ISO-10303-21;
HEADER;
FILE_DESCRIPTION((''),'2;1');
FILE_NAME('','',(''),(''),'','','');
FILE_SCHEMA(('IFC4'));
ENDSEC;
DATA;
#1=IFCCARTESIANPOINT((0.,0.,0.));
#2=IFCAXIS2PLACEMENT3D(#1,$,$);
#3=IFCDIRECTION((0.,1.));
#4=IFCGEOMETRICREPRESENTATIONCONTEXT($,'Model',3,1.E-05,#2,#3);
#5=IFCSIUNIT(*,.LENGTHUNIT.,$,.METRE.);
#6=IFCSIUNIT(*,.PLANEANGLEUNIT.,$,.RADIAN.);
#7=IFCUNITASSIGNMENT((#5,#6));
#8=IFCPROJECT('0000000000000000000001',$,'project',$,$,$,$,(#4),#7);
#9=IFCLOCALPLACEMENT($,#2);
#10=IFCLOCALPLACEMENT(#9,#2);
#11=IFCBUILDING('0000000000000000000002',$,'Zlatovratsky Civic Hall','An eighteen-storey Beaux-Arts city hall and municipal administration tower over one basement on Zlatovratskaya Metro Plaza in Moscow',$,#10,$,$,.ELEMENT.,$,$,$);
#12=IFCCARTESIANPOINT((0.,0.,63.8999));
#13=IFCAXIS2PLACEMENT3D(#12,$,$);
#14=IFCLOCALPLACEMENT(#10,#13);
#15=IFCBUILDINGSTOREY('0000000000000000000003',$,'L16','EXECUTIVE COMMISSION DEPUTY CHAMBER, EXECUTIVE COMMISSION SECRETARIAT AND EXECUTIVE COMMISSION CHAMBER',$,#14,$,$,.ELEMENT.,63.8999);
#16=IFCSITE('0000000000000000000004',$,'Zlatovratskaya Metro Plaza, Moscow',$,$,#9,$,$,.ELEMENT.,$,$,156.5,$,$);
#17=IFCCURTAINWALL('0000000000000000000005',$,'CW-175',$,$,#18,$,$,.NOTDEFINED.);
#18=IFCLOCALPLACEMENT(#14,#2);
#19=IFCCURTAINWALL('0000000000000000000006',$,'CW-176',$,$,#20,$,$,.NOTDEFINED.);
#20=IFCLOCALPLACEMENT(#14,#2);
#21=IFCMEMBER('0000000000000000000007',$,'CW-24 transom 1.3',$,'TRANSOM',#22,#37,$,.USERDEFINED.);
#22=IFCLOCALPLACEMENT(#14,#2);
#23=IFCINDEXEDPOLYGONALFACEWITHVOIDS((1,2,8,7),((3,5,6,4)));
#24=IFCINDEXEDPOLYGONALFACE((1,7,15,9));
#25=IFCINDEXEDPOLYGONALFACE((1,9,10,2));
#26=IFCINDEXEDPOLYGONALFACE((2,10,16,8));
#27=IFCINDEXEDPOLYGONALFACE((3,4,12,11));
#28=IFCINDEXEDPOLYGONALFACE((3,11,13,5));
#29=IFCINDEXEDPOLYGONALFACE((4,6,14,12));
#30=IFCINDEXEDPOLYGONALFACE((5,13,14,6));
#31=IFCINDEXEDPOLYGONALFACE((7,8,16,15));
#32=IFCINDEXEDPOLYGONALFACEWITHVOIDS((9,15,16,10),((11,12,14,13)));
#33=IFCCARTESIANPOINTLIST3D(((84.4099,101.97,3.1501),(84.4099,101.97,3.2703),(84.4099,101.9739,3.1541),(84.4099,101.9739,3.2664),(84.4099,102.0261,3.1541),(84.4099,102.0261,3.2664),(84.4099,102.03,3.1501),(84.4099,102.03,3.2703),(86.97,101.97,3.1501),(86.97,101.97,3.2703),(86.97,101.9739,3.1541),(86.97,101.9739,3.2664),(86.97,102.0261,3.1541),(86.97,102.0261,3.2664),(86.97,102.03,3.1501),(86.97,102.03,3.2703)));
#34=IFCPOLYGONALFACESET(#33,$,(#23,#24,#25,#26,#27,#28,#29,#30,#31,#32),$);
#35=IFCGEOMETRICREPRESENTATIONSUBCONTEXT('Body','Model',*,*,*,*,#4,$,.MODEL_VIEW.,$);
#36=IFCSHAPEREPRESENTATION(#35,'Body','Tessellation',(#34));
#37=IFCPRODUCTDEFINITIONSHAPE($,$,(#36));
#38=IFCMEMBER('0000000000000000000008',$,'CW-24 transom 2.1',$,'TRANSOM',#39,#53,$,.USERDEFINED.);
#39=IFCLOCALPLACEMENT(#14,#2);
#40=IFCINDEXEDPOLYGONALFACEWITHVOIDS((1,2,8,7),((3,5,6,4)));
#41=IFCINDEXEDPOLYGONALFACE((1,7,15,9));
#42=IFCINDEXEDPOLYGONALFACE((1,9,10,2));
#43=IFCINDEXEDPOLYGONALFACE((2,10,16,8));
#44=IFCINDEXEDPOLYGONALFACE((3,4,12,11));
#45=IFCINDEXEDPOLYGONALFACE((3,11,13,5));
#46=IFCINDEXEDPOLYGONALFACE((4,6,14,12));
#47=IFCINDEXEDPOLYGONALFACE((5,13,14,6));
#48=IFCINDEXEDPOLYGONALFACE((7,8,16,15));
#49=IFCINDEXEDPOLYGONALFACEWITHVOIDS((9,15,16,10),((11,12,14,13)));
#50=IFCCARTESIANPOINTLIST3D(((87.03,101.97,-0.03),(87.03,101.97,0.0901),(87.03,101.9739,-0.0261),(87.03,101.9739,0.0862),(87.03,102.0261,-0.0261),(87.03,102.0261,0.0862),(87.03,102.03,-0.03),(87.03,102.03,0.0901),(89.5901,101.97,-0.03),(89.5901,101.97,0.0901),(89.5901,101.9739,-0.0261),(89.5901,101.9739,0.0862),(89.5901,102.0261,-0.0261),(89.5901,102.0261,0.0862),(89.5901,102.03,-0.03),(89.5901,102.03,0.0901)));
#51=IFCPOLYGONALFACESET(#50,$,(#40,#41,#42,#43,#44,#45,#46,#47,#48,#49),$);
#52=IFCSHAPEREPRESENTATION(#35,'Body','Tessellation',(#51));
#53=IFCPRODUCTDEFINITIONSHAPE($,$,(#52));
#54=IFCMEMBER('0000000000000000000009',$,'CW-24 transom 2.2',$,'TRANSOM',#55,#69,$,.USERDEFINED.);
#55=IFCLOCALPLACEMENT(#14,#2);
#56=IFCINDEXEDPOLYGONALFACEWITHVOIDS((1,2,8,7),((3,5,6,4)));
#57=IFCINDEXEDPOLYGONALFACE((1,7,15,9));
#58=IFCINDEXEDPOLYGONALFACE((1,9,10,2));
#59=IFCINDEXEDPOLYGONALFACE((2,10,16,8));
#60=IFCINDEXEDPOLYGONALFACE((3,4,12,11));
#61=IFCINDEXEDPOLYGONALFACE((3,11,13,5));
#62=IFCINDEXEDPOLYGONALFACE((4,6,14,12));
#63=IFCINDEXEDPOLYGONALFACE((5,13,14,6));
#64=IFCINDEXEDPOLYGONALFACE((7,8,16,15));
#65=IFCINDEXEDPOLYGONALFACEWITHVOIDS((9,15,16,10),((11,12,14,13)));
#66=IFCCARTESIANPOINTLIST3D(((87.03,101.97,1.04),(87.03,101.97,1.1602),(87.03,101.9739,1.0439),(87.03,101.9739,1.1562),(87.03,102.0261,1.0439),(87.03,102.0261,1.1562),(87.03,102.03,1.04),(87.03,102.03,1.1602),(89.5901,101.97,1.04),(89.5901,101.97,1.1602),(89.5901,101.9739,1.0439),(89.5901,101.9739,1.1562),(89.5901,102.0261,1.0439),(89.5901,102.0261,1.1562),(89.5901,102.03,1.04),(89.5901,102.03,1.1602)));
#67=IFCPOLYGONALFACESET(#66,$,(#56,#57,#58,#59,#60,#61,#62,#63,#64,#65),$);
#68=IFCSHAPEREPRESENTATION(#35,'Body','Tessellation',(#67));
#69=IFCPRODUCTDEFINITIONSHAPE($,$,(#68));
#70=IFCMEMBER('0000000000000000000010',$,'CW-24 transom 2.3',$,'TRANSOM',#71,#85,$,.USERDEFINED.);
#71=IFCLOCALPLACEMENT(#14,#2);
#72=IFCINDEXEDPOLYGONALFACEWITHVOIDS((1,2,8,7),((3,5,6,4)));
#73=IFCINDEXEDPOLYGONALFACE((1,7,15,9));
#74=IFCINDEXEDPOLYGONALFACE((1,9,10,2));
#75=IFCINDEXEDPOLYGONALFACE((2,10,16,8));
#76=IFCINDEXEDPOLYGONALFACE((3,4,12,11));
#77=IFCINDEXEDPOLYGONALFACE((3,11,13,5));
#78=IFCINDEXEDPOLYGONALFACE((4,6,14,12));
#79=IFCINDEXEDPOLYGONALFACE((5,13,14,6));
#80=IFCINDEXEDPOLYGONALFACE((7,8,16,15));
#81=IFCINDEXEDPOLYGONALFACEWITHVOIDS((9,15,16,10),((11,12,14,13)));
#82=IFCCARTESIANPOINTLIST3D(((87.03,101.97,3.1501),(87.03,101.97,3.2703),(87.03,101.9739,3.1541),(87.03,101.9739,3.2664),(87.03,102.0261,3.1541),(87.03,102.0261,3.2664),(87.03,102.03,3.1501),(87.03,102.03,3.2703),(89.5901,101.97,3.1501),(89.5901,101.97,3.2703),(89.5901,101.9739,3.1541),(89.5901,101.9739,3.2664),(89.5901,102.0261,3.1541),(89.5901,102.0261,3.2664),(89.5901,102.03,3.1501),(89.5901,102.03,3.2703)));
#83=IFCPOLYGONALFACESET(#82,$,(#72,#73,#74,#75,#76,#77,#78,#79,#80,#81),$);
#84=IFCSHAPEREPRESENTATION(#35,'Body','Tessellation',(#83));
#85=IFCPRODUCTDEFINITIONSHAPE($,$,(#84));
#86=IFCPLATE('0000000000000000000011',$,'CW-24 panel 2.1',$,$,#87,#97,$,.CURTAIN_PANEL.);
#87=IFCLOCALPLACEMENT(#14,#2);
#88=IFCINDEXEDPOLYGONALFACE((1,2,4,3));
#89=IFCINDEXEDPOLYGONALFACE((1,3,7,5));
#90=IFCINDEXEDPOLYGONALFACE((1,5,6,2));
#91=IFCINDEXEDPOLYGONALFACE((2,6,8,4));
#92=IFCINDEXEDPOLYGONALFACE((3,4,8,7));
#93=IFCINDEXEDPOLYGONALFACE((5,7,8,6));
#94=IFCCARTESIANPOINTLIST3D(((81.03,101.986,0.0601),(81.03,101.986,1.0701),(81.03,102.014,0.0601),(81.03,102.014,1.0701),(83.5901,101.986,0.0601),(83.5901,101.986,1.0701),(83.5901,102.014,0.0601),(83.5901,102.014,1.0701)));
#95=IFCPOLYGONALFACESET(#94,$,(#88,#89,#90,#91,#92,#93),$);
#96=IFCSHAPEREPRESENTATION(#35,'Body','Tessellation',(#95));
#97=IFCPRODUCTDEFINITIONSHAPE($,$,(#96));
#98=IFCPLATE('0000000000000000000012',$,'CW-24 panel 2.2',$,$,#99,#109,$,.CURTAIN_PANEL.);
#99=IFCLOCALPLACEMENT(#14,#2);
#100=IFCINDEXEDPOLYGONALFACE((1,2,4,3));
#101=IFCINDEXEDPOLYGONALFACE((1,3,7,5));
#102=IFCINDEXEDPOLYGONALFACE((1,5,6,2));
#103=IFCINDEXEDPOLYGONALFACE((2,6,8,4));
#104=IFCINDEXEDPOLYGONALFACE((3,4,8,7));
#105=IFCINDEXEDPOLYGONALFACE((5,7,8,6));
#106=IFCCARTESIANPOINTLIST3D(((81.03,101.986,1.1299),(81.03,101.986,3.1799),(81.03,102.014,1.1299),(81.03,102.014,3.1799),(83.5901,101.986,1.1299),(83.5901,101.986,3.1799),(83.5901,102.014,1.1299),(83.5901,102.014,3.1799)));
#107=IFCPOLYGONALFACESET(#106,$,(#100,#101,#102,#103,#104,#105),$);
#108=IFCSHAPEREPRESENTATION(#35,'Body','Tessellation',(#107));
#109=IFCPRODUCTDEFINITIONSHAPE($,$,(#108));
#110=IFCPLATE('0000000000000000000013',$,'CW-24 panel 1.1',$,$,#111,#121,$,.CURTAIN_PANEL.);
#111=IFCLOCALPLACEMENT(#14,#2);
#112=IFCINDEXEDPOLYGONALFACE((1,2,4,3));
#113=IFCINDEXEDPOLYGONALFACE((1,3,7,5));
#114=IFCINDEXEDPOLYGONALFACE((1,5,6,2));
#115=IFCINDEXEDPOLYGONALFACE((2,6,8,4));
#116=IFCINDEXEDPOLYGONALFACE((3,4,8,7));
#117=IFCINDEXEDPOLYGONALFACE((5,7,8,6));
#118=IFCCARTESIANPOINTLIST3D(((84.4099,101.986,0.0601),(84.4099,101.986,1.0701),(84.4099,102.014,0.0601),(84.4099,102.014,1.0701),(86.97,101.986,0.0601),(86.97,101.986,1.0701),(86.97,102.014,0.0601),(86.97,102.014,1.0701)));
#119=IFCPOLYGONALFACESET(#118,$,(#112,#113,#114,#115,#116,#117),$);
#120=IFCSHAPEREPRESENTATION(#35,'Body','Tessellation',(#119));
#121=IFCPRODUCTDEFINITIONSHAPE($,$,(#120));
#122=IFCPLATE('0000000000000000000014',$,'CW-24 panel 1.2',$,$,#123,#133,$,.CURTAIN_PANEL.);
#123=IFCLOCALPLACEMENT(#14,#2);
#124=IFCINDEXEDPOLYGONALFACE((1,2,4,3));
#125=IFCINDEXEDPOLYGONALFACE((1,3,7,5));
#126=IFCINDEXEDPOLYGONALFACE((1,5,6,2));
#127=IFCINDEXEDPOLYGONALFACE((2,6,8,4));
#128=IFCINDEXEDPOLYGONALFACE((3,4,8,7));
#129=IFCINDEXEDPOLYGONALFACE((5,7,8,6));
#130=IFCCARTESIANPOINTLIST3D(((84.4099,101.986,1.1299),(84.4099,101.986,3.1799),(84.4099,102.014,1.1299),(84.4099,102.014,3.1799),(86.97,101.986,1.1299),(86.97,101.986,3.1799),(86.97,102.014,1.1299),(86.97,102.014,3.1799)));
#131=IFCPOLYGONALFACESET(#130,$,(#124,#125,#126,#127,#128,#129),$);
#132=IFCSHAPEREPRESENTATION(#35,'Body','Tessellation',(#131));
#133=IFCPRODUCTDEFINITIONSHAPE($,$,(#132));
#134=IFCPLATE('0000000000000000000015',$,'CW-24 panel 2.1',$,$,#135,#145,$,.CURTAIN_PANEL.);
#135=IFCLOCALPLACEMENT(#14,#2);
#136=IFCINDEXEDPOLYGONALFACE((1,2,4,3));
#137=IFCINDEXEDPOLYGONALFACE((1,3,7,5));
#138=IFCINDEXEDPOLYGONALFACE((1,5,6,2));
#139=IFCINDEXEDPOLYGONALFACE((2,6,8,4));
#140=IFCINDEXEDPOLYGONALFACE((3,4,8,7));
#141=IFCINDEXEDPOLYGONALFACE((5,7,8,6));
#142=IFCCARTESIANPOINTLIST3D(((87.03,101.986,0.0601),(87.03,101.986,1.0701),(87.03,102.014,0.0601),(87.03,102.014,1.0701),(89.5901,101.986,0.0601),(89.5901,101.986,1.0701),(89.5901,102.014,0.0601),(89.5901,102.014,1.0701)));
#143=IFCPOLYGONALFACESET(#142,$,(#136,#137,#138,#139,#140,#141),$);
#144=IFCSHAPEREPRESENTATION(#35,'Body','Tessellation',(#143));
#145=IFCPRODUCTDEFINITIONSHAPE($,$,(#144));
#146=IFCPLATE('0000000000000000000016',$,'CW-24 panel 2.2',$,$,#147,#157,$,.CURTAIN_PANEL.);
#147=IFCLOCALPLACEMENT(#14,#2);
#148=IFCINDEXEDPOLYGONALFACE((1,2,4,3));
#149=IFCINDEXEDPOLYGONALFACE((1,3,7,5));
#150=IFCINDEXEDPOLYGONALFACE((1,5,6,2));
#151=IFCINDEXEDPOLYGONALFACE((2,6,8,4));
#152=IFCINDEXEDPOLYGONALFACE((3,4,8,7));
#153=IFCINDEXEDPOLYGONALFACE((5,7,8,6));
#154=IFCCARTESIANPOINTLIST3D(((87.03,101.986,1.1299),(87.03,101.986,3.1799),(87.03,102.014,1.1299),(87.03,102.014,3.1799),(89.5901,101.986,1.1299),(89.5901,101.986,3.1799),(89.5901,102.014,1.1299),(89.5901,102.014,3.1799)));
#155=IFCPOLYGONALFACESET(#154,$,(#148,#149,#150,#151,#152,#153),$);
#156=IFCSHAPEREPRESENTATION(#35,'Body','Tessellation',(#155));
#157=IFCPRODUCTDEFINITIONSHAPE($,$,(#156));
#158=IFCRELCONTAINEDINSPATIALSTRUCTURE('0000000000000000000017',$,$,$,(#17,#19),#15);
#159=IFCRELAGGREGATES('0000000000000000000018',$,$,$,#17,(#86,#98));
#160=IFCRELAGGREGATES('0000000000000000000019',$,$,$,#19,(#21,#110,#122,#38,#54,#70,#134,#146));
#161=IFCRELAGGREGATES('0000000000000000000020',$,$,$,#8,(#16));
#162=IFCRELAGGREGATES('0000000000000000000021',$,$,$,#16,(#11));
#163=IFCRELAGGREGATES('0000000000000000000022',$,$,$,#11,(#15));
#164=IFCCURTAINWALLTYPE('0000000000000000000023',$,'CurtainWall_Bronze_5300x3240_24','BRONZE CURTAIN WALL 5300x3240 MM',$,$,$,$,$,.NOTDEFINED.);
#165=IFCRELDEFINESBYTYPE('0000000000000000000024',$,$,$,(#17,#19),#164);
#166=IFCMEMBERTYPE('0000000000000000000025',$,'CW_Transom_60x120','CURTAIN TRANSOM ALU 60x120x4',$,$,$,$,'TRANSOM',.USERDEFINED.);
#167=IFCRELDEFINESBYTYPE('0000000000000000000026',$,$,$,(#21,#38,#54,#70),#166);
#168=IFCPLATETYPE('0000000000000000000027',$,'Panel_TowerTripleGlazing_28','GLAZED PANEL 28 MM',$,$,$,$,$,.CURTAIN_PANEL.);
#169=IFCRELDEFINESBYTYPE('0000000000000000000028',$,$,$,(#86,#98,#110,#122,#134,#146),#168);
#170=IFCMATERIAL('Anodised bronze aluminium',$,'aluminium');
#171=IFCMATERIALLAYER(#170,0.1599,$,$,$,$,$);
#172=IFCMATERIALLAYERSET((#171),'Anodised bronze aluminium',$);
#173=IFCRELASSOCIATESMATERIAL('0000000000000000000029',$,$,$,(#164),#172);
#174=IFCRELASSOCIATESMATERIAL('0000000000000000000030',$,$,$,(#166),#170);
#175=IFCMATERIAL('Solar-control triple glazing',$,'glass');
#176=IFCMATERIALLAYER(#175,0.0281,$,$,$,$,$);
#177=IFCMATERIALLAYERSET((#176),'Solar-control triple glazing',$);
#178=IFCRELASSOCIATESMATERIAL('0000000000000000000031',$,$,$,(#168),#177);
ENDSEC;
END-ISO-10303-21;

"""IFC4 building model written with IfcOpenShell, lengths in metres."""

from ifc_helpers import new_model, si_unit, direction, frame, origin, origin_2d, place, context, subcontext, project, spatial, rectangle, hollow_rectangle, extrude, material, layer, layer_set, material_profile, profile_set, type_object, element, aggregate, save


model = new_model("IFC4")

# Units and contexts
model_context = context("Model", 3, precision=1e-05, world=origin(), true_north=direction((0.0, 1.0)))
body_context = subcontext(model_context, "Body", "Model", "MODEL_VIEW")
ifc_project = project(units=[si_unit("LENGTHUNIT", "METRE"), si_unit("PLANEANGLEUNIT", "RADIAN")], contexts=[model_context])

# Site, building, storey
site_placement = place(None, origin())
site = spatial("IfcSite", under=ifc_project, at=site_placement, Name="Zlatovratskaya Metro Plaza, Moscow", CompositionType="ELEMENT", RefElevation=156.5)
building_placement = place(site_placement, origin())
building = spatial("IfcBuilding", under=site, at=building_placement, Name="Zlatovratsky Civic Hall", Description="An eighteen-storey Beaux-Arts city hall and municipal administration tower over one basement on Zlatovratskaya Metro Plaza in Moscow", CompositionType="ELEMENT")
storey_placement = place(building_placement, frame((0.0, 0.0, 63.8999)))
storey = spatial("IfcBuildingStorey", under=building, at=storey_placement, Name="L16", Description="EXECUTIVE COMMISSION DEPUTY CHAMBER, EXECUTIVE COMMISSION SECRETARIAT AND EXECUTIVE COMMISSION CHAMBER", CompositionType="ELEMENT", Elevation=63.8999)

# Curtain wall
ifc_material_1 = material(Name="Anodised bronze aluminium", Category="aluminium")
ifc_layer_1 = layer(ifc_material_1, 0.1599)
ifc_layer_set_1 = layer_set([ifc_layer_1], Name="Anodised bronze aluminium")
curtain_wall_type = type_object("IfcCurtainWallType", Name="CurtainWall_Bronze_5300x3240_24", Description="BRONZE CURTAIN WALL 5300x3240 MM", PredefinedType="NOTDEFINED", material=ifc_layer_set_1)
curtain_wall_1_placement = place(storey_placement, origin())
curtain_wall_1 = element("IfcCurtainWall", 1, at=curtain_wall_1_placement, inside=storey, type_object=curtain_wall_type, Name="CW-175", PredefinedType="NOTDEFINED")

# Curtain wall, members
curtain_wall_2_placement = place(storey_placement, origin())
curtain_wall_2 = element("IfcCurtainWall", 2, at=curtain_wall_2_placement, inside=storey, type_object=curtain_wall_type, Name="CW-176", PredefinedType="NOTDEFINED")
ifc_material_profile_1 = material_profile(ifc_material_1, hollow_rectangle(XDim=0.0601, YDim=0.1201, WallThickness=0.0039, at=origin_2d()), Name="ALU 60x120x4")
ifc_profile_set_1 = profile_set([ifc_material_profile_1], Name="Anodised bronze aluminium")
member_type_1 = type_object("IfcMemberType", Name="CW_Transom_60x120", Description="CURTAIN TRANSOM ALU 60x120x4", ElementType="TRANSOM", PredefinedType="USERDEFINED", material=ifc_profile_set_1)
member_1_placement = place(storey_placement, frame((84.4099, 102.0, 3.2102), z_axis=(1.0, 0.0, 0.0), x_axis=(0.0, 1.0, 0.0)))
member_1 = element("IfcMember", 3, at=member_1_placement, type_object=member_type_1, Name="CW-24 transom 1.3", ObjectType="TRANSOM", PredefinedType="USERDEFINED", context=body_context, shape_type="SweptSolid", body=[
    extrude(hollow_rectangle(XDim=0.0601, YDim=0.1201, WallThickness=0.0039, at=origin_2d()), origin(), (0.0, 0.0, 1.0), 2.5601),
])
member_2_placement = place(storey_placement, frame((87.03, 102.0, 0.03), z_axis=(1.0, 0.0, 0.0), x_axis=(0.0, 1.0, 0.0)))
member_2 = element("IfcMember", 4, at=member_2_placement, type_object=member_type_1, Name="CW-24 transom 2.1", ObjectType="TRANSOM", PredefinedType="USERDEFINED", context=body_context, shape_type="SweptSolid", body=[
    extrude(hollow_rectangle(XDim=0.0601, YDim=0.1201, WallThickness=0.0039, at=origin_2d()), origin(), (0.0, 0.0, 1.0), 2.5601),
])
member_3_placement = place(storey_placement, frame((87.03, 102.0, 1.1001), z_axis=(1.0, 0.0, 0.0), x_axis=(0.0, 1.0, 0.0)))
member_3 = element("IfcMember", 5, at=member_3_placement, type_object=member_type_1, Name="CW-24 transom 2.2", ObjectType="TRANSOM", PredefinedType="USERDEFINED", context=body_context, shape_type="SweptSolid", body=[
    extrude(hollow_rectangle(XDim=0.0601, YDim=0.1201, WallThickness=0.0039, at=origin_2d()), origin(), (0.0, 0.0, 1.0), 2.5601),
])
member_4_placement = place(storey_placement, frame((87.03, 102.0, 3.2102), z_axis=(1.0, 0.0, 0.0), x_axis=(0.0, 1.0, 0.0)))
member_4 = element("IfcMember", 6, at=member_4_placement, type_object=member_type_1, Name="CW-24 transom 2.3", ObjectType="TRANSOM", PredefinedType="USERDEFINED", context=body_context, shape_type="SweptSolid", body=[
    extrude(hollow_rectangle(XDim=0.0601, YDim=0.1201, WallThickness=0.0039, at=origin_2d()), origin(), (0.0, 0.0, 1.0), 2.5601),
])

# Plates
ifc_material_2 = material(Name="Solar-control triple glazing", Category="glass")
ifc_layer_2 = layer(ifc_material_2, 0.0281)
ifc_layer_set_2 = layer_set([ifc_layer_2], Name="Solar-control triple glazing")
plate_type = type_object("IfcPlateType", Name="Panel_TowerTripleGlazing_28", Description="GLAZED PANEL 28 MM", PredefinedType="CURTAIN_PANEL", material=ifc_layer_set_2)
plate_1_placement = place(storey_placement, frame((82.3101, 102.0, 0.0601), z_axis=(0.0, 0.0, 1.0), x_axis=(1.0, 0.0, 0.0)))
plate_1 = element("IfcPlate", 7, at=plate_1_placement, type_object=plate_type, Name="CW-24 panel 2.1", PredefinedType="CURTAIN_PANEL", context=body_context, shape_type="SweptSolid", body=[
    extrude(rectangle(XDim=2.5601, YDim=0.0281, at=origin_2d()), origin(), (0.0, 0.0, 1.0), 1.01),
])
plate_2_placement = place(storey_placement, frame((82.3101, 102.0, 1.1299), z_axis=(0.0, 0.0, 1.0), x_axis=(1.0, 0.0, 0.0)))
plate_2 = element("IfcPlate", 8, at=plate_2_placement, type_object=plate_type, Name="CW-24 panel 2.2", PredefinedType="CURTAIN_PANEL", context=body_context, shape_type="SweptSolid", body=[
    extrude(rectangle(XDim=2.5601, YDim=0.0281, at=origin_2d()), origin(), (0.0, 0.0, 1.0), 2.05),
])
aggregate(curtain_wall_1, [plate_1, plate_2])
plate_3_placement = place(storey_placement, frame((85.6899, 102.0, 0.0601), z_axis=(0.0, 0.0, 1.0), x_axis=(1.0, 0.0, 0.0)))
plate_3 = element("IfcPlate", 9, at=plate_3_placement, type_object=plate_type, Name="CW-24 panel 1.1", PredefinedType="CURTAIN_PANEL", context=body_context, shape_type="SweptSolid", body=[
    extrude(rectangle(XDim=2.5601, YDim=0.0281, at=origin_2d()), origin(), (0.0, 0.0, 1.0), 1.01),
])
plate_4_placement = place(storey_placement, frame((85.6899, 102.0, 1.1299), z_axis=(0.0, 0.0, 1.0), x_axis=(1.0, 0.0, 0.0)))
plate_4 = element("IfcPlate", 10, at=plate_4_placement, type_object=plate_type, Name="CW-24 panel 1.2", PredefinedType="CURTAIN_PANEL", context=body_context, shape_type="SweptSolid", body=[
    extrude(rectangle(XDim=2.5601, YDim=0.0281, at=origin_2d()), origin(), (0.0, 0.0, 1.0), 2.05),
])
plate_5_placement = place(storey_placement, frame((88.3101, 102.0, 0.0601), z_axis=(0.0, 0.0, 1.0), x_axis=(1.0, 0.0, 0.0)))
plate_5 = element("IfcPlate", 11, at=plate_5_placement, type_object=plate_type, Name="CW-24 panel 2.1", PredefinedType="CURTAIN_PANEL", context=body_context, shape_type="SweptSolid", body=[
    extrude(rectangle(XDim=2.5601, YDim=0.0281, at=origin_2d()), origin(), (0.0, 0.0, 1.0), 1.01),
])
plate_6_placement = place(storey_placement, frame((88.3101, 102.0, 1.1299), z_axis=(0.0, 0.0, 1.0), x_axis=(1.0, 0.0, 0.0)))
plate_6 = element("IfcPlate", 12, at=plate_6_placement, type_object=plate_type, Name="CW-24 panel 2.2", PredefinedType="CURTAIN_PANEL", context=body_context, shape_type="SweptSolid", body=[
    extrude(rectangle(XDim=2.5601, YDim=0.0281, at=origin_2d()), origin(), (0.0, 0.0, 1.0), 2.05),
])
aggregate(curtain_wall_2, [member_1, plate_3, plate_4, member_2, member_3, member_4, plate_5, plate_6])

save(model, "model.ifc")
